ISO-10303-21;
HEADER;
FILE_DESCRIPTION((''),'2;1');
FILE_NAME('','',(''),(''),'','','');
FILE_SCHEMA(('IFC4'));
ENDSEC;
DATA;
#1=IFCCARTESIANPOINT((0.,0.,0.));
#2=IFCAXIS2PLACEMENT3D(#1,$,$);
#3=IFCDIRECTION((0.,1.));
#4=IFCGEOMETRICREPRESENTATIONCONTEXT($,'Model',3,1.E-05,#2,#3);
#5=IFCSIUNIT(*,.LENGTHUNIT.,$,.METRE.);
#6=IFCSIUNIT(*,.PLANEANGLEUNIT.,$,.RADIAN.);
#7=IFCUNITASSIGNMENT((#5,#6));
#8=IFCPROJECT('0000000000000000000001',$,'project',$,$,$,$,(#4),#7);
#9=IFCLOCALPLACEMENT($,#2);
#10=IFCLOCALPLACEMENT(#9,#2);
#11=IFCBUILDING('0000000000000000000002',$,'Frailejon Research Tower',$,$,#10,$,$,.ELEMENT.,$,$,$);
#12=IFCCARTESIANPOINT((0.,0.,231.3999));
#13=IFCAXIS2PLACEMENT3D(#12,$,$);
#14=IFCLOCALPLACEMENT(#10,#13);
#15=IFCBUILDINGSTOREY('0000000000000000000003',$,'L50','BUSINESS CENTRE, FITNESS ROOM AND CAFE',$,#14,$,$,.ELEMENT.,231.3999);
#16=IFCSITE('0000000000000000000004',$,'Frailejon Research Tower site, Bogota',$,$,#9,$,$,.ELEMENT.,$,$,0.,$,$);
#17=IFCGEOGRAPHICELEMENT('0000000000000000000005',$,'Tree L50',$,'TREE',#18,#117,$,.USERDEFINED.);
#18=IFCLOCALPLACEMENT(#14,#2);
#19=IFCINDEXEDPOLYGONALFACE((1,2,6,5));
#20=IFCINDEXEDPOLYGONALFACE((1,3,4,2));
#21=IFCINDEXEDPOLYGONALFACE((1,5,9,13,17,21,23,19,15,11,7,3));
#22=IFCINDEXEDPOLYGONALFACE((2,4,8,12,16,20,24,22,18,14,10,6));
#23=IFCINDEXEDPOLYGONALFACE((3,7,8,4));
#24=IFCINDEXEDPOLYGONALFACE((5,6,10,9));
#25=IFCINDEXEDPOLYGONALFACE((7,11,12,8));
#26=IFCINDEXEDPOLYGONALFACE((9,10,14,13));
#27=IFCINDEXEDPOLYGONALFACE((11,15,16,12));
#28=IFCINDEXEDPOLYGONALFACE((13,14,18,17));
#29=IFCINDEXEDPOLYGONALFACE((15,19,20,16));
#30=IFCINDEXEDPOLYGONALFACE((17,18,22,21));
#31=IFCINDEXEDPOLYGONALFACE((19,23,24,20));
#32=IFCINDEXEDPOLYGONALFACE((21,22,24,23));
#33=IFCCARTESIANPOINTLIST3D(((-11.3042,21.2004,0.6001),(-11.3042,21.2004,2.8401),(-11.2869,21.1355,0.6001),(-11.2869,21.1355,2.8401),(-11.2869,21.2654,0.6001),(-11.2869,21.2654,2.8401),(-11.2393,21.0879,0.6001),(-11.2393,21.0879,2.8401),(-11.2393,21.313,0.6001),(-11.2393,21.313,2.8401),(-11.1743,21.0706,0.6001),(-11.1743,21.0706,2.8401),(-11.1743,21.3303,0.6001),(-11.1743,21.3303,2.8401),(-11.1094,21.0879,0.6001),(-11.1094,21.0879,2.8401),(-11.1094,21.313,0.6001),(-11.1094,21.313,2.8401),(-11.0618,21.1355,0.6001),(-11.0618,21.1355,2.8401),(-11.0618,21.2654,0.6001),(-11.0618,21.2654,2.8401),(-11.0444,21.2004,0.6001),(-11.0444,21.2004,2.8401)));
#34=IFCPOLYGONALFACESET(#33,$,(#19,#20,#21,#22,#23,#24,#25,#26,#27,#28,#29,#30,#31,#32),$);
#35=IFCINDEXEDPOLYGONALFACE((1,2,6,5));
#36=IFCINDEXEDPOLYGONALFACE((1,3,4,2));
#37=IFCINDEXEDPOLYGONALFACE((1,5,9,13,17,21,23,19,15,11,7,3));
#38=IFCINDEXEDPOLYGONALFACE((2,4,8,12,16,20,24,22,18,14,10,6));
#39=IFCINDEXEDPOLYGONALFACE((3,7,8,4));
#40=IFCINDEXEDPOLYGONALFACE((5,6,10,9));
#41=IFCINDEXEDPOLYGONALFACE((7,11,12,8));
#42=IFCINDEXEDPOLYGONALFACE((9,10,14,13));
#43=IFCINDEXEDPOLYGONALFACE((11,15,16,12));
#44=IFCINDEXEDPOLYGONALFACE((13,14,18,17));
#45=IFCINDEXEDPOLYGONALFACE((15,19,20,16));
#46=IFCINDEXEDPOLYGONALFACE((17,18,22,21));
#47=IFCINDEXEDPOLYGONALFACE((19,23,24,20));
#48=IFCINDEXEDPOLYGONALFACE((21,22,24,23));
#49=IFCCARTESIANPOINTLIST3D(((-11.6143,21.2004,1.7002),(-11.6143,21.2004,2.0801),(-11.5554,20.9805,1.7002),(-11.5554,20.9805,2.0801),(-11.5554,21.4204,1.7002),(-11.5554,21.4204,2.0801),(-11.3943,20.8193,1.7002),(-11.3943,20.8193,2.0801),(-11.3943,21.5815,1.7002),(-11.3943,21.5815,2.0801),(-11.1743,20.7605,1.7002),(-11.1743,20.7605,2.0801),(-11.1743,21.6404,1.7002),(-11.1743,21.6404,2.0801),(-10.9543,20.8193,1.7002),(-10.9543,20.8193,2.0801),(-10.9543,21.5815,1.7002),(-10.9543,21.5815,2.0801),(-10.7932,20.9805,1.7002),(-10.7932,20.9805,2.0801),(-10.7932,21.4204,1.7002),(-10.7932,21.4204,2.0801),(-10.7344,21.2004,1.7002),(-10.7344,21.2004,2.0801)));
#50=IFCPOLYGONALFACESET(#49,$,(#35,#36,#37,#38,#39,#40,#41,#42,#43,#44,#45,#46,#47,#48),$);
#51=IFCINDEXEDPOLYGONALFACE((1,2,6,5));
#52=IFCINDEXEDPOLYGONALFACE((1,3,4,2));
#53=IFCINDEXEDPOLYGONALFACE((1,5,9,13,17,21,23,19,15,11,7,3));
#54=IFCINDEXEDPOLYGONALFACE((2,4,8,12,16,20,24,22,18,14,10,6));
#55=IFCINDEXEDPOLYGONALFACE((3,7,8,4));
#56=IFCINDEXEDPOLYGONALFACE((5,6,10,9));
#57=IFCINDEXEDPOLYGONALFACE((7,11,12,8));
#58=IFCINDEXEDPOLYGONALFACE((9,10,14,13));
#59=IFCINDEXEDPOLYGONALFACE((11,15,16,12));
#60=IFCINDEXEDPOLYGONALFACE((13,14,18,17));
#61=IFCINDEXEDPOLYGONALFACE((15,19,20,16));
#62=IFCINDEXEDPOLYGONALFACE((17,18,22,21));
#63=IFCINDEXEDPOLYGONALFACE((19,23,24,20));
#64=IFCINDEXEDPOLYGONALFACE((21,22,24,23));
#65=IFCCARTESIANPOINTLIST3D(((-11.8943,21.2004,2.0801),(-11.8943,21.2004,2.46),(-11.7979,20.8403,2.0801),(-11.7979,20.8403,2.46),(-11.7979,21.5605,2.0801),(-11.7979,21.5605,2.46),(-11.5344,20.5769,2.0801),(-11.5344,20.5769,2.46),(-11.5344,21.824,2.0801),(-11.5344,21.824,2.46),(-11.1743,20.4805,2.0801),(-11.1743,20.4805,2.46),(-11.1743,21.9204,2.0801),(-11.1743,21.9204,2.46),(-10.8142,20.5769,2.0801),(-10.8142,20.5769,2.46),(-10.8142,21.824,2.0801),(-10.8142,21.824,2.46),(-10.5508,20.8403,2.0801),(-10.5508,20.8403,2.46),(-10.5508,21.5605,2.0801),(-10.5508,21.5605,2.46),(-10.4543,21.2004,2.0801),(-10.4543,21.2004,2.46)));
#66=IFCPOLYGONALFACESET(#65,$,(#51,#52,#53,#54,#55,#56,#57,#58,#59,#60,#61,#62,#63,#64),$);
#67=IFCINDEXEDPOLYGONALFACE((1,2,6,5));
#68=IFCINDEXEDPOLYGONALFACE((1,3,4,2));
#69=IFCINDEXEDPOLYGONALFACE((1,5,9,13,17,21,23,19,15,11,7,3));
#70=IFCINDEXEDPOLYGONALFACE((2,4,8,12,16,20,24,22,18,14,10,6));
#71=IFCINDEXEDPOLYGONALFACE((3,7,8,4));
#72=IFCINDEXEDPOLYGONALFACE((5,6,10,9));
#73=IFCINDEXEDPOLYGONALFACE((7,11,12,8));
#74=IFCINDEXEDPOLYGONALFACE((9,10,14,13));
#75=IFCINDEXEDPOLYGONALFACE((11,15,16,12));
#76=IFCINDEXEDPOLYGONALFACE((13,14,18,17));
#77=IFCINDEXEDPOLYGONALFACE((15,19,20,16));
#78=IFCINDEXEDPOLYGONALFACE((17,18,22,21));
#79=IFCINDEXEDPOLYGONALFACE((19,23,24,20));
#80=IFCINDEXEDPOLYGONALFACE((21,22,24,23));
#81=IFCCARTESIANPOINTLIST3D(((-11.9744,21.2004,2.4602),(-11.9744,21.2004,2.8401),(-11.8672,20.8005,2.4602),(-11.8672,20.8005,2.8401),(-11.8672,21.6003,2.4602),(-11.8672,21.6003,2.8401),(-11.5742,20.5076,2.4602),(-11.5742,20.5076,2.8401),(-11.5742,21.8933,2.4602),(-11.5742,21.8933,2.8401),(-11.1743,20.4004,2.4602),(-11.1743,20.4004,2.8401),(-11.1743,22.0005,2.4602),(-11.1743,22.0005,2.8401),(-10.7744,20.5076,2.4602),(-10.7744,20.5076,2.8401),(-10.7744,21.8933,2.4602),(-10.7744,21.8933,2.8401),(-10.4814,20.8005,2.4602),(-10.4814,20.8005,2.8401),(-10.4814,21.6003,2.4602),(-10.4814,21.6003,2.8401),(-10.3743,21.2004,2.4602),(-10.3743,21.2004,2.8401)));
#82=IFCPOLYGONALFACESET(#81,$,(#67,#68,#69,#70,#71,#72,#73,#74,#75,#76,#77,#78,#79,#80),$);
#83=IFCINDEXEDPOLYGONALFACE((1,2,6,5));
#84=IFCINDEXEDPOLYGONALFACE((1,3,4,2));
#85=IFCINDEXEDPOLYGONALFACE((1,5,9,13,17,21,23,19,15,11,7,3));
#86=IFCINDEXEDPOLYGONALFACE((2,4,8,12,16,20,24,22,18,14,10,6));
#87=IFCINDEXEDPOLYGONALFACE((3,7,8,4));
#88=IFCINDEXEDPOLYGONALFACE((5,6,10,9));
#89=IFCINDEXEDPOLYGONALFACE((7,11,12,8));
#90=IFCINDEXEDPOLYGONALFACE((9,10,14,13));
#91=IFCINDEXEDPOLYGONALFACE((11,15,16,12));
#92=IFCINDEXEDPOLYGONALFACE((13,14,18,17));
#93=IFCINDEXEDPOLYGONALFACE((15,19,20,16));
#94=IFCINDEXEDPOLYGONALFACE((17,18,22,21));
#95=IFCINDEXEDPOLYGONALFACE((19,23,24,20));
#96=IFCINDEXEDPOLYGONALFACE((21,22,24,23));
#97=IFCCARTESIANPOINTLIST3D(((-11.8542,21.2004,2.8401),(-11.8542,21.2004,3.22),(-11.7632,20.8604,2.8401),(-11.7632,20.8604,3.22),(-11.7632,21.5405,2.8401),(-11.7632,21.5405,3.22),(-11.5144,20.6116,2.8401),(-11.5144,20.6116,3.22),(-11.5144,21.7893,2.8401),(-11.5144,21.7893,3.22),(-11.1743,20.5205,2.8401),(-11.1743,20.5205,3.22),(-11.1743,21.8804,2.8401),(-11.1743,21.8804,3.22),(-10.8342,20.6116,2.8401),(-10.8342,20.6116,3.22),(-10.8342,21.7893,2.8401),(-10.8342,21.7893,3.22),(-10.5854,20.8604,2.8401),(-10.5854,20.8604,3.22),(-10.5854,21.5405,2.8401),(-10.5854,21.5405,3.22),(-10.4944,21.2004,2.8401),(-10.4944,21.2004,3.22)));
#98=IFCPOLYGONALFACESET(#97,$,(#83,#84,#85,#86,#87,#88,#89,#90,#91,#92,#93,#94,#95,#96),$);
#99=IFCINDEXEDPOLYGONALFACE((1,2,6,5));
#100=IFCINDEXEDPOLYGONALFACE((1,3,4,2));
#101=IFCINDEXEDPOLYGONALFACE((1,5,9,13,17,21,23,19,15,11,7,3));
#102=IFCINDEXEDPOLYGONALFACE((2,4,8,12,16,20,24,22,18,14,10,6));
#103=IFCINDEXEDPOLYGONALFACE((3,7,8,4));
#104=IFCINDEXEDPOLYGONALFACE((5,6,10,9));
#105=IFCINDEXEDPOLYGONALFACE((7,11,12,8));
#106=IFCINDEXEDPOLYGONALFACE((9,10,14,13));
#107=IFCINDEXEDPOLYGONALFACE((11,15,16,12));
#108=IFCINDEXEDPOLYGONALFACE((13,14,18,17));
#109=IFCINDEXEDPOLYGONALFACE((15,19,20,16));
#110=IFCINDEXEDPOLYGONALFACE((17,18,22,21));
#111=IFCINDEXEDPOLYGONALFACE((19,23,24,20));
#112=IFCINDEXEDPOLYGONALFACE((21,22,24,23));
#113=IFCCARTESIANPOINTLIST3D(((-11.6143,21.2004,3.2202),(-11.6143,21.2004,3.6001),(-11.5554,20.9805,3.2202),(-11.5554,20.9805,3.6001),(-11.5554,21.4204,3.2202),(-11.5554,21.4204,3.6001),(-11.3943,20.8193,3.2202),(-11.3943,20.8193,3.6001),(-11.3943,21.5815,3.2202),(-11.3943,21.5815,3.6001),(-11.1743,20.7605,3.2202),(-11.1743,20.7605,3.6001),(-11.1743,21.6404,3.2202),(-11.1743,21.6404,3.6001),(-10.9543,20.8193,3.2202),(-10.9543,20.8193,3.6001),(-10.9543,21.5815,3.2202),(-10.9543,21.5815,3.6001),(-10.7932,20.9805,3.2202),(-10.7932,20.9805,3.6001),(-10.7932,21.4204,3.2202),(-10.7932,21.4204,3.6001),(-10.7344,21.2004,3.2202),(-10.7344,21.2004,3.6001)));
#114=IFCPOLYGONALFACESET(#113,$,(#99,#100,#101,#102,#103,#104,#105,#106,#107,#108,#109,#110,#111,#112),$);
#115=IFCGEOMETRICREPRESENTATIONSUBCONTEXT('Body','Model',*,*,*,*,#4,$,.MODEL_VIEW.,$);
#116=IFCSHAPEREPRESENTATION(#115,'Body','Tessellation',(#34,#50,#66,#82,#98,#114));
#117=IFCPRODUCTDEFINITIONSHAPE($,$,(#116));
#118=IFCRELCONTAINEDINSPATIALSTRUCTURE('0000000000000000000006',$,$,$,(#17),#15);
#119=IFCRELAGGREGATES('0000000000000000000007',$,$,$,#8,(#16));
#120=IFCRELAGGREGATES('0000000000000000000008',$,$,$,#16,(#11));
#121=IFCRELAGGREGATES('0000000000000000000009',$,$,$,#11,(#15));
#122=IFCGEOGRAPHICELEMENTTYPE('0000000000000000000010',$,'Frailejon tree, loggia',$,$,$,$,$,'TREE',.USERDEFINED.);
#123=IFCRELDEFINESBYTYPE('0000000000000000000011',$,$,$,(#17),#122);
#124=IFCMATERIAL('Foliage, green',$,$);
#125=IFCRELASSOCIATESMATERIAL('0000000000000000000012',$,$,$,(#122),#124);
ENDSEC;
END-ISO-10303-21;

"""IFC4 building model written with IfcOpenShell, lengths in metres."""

from ifc_helpers import new_model, si_unit, direction, frame, origin, place, context, subcontext, project, spatial, polyline, outline, extrude, material, type_object, element, save


model = new_model("IFC4")

# Units and contexts
model_context = context("Model", 3, precision=1e-05, world=origin(), true_north=direction((0.0, 1.0)))
body_context = subcontext(model_context, "Body", "Model", "MODEL_VIEW")
ifc_project = project(units=[si_unit("LENGTHUNIT", "METRE"), si_unit("PLANEANGLEUNIT", "RADIAN")], contexts=[model_context])

# Site, building, storey
site_placement = place(None, origin())
site = spatial("IfcSite", under=ifc_project, at=site_placement, Name="Frailejon Research Tower site, Bogota", CompositionType="ELEMENT", RefElevation=0.0)
building_placement = place(site_placement, origin())
building = spatial("IfcBuilding", under=site, at=building_placement, Name="Frailejon Research Tower", CompositionType="ELEMENT")
storey_placement = place(building_placement, frame((0.0, 0.0, 231.3999)))
storey = spatial("IfcBuildingStorey", under=building, at=storey_placement, Name="L50", Description="BUSINESS CENTRE, FITNESS ROOM AND CAFE", CompositionType="ELEMENT", Elevation=231.3999)

# Geographic element
ifc_material_1 = material(Name="Foliage, green")
geographic_element_type = type_object("IfcGeographicElementType", Name="Frailejon tree, loggia", ElementType="TREE", PredefinedType="USERDEFINED", material=ifc_material_1)
geographic_element_placement = place(storey_placement, frame((-11.1743, 21.2004, 0.6001)))
element("IfcGeographicElement", 1, at=geographic_element_placement, inside=storey, type_object=geographic_element_type, Name="Tree L50", ObjectType="TREE", PredefinedType="USERDEFINED", context=body_context, shape_type="SweptSolid", body=[
    extrude(outline(polyline([(0.1299, 0.0), (0.1125, 0.0649), (0.0649, 0.1125), (0.0, 0.1299), (-0.0649, 0.1125), (-0.1125, 0.0649), (-0.1299, 0.0), (-0.1125, -0.0649), (-0.0649, -0.1125), (0.0, -0.1299), (0.0649, -0.1125), (0.1125, -0.0649), (0.1299, 0.0)])), origin(), (0.0, 0.0, 1.0), 2.24),
    extrude(outline(polyline([(0.4399, 0.0), (0.3811, 0.22), (0.22, 0.3811), (0.0, 0.4399), (-0.22, 0.3811), (-0.3811, 0.22), (-0.4399, 0.0), (-0.3811, -0.22), (-0.22, -0.3811), (0.0, -0.4399), (0.22, -0.3811), (0.3811, -0.22), (0.4399, 0.0)])), frame((0.0, 0.0, 1.1001)), (0.0, 0.0, 1.0), 0.3799),
    extrude(outline(polyline([(0.72, 0.0), (0.6235, 0.3601), (0.3601, 0.6235), (0.0, 0.72), (-0.3601, 0.6235), (-0.6235, 0.3601), (-0.72, 0.0), (-0.6235, -0.3601), (-0.3601, -0.6235), (0.0, -0.72), (0.3601, -0.6235), (0.6235, -0.3601), (0.72, 0.0)])), frame((0.0, 0.0, 1.48)), (0.0, 0.0, 1.0), 0.3799),
    extrude(outline(polyline([(0.8, 0.0), (0.6929, 0.3999), (0.3999, 0.6929), (0.0, 0.8), (-0.3999, 0.6929), (-0.6929, 0.3999), (-0.8, 0.0), (-0.6929, -0.3999), (-0.3999, -0.6929), (0.0, -0.8), (0.3999, -0.6929), (0.6929, -0.3999), (0.8, 0.0)])), frame((0.0, 0.0, 1.8601)), (0.0, 0.0, 1.0), 0.3799),
    extrude(outline(polyline([(0.6799, 0.0), (0.5889, 0.3401), (0.3401, 0.5889), (0.0, 0.6799), (-0.3401, 0.5889), (-0.5889, 0.3401), (-0.6799, 0.0), (-0.5889, -0.3401), (-0.3401, -0.5889), (0.0, -0.6799), (0.3401, -0.5889), (0.5889, -0.3401), (0.6799, 0.0)])), frame((0.0, 0.0, 2.24)), (0.0, 0.0, 1.0), 0.3799),
    extrude(outline(polyline([(0.4399, 0.0), (0.3811, 0.22), (0.22, 0.3811), (0.0, 0.4399), (-0.22, 0.3811), (-0.3811, 0.22), (-0.4399, 0.0), (-0.3811, -0.22), (-0.22, -0.3811), (0.0, -0.4399), (0.22, -0.3811), (0.3811, -0.22), (0.4399, 0.0)])), frame((0.0, 0.0, 2.6201)), (0.0, 0.0, 1.0), 0.3799),
])

save(model, "model.ifc")
